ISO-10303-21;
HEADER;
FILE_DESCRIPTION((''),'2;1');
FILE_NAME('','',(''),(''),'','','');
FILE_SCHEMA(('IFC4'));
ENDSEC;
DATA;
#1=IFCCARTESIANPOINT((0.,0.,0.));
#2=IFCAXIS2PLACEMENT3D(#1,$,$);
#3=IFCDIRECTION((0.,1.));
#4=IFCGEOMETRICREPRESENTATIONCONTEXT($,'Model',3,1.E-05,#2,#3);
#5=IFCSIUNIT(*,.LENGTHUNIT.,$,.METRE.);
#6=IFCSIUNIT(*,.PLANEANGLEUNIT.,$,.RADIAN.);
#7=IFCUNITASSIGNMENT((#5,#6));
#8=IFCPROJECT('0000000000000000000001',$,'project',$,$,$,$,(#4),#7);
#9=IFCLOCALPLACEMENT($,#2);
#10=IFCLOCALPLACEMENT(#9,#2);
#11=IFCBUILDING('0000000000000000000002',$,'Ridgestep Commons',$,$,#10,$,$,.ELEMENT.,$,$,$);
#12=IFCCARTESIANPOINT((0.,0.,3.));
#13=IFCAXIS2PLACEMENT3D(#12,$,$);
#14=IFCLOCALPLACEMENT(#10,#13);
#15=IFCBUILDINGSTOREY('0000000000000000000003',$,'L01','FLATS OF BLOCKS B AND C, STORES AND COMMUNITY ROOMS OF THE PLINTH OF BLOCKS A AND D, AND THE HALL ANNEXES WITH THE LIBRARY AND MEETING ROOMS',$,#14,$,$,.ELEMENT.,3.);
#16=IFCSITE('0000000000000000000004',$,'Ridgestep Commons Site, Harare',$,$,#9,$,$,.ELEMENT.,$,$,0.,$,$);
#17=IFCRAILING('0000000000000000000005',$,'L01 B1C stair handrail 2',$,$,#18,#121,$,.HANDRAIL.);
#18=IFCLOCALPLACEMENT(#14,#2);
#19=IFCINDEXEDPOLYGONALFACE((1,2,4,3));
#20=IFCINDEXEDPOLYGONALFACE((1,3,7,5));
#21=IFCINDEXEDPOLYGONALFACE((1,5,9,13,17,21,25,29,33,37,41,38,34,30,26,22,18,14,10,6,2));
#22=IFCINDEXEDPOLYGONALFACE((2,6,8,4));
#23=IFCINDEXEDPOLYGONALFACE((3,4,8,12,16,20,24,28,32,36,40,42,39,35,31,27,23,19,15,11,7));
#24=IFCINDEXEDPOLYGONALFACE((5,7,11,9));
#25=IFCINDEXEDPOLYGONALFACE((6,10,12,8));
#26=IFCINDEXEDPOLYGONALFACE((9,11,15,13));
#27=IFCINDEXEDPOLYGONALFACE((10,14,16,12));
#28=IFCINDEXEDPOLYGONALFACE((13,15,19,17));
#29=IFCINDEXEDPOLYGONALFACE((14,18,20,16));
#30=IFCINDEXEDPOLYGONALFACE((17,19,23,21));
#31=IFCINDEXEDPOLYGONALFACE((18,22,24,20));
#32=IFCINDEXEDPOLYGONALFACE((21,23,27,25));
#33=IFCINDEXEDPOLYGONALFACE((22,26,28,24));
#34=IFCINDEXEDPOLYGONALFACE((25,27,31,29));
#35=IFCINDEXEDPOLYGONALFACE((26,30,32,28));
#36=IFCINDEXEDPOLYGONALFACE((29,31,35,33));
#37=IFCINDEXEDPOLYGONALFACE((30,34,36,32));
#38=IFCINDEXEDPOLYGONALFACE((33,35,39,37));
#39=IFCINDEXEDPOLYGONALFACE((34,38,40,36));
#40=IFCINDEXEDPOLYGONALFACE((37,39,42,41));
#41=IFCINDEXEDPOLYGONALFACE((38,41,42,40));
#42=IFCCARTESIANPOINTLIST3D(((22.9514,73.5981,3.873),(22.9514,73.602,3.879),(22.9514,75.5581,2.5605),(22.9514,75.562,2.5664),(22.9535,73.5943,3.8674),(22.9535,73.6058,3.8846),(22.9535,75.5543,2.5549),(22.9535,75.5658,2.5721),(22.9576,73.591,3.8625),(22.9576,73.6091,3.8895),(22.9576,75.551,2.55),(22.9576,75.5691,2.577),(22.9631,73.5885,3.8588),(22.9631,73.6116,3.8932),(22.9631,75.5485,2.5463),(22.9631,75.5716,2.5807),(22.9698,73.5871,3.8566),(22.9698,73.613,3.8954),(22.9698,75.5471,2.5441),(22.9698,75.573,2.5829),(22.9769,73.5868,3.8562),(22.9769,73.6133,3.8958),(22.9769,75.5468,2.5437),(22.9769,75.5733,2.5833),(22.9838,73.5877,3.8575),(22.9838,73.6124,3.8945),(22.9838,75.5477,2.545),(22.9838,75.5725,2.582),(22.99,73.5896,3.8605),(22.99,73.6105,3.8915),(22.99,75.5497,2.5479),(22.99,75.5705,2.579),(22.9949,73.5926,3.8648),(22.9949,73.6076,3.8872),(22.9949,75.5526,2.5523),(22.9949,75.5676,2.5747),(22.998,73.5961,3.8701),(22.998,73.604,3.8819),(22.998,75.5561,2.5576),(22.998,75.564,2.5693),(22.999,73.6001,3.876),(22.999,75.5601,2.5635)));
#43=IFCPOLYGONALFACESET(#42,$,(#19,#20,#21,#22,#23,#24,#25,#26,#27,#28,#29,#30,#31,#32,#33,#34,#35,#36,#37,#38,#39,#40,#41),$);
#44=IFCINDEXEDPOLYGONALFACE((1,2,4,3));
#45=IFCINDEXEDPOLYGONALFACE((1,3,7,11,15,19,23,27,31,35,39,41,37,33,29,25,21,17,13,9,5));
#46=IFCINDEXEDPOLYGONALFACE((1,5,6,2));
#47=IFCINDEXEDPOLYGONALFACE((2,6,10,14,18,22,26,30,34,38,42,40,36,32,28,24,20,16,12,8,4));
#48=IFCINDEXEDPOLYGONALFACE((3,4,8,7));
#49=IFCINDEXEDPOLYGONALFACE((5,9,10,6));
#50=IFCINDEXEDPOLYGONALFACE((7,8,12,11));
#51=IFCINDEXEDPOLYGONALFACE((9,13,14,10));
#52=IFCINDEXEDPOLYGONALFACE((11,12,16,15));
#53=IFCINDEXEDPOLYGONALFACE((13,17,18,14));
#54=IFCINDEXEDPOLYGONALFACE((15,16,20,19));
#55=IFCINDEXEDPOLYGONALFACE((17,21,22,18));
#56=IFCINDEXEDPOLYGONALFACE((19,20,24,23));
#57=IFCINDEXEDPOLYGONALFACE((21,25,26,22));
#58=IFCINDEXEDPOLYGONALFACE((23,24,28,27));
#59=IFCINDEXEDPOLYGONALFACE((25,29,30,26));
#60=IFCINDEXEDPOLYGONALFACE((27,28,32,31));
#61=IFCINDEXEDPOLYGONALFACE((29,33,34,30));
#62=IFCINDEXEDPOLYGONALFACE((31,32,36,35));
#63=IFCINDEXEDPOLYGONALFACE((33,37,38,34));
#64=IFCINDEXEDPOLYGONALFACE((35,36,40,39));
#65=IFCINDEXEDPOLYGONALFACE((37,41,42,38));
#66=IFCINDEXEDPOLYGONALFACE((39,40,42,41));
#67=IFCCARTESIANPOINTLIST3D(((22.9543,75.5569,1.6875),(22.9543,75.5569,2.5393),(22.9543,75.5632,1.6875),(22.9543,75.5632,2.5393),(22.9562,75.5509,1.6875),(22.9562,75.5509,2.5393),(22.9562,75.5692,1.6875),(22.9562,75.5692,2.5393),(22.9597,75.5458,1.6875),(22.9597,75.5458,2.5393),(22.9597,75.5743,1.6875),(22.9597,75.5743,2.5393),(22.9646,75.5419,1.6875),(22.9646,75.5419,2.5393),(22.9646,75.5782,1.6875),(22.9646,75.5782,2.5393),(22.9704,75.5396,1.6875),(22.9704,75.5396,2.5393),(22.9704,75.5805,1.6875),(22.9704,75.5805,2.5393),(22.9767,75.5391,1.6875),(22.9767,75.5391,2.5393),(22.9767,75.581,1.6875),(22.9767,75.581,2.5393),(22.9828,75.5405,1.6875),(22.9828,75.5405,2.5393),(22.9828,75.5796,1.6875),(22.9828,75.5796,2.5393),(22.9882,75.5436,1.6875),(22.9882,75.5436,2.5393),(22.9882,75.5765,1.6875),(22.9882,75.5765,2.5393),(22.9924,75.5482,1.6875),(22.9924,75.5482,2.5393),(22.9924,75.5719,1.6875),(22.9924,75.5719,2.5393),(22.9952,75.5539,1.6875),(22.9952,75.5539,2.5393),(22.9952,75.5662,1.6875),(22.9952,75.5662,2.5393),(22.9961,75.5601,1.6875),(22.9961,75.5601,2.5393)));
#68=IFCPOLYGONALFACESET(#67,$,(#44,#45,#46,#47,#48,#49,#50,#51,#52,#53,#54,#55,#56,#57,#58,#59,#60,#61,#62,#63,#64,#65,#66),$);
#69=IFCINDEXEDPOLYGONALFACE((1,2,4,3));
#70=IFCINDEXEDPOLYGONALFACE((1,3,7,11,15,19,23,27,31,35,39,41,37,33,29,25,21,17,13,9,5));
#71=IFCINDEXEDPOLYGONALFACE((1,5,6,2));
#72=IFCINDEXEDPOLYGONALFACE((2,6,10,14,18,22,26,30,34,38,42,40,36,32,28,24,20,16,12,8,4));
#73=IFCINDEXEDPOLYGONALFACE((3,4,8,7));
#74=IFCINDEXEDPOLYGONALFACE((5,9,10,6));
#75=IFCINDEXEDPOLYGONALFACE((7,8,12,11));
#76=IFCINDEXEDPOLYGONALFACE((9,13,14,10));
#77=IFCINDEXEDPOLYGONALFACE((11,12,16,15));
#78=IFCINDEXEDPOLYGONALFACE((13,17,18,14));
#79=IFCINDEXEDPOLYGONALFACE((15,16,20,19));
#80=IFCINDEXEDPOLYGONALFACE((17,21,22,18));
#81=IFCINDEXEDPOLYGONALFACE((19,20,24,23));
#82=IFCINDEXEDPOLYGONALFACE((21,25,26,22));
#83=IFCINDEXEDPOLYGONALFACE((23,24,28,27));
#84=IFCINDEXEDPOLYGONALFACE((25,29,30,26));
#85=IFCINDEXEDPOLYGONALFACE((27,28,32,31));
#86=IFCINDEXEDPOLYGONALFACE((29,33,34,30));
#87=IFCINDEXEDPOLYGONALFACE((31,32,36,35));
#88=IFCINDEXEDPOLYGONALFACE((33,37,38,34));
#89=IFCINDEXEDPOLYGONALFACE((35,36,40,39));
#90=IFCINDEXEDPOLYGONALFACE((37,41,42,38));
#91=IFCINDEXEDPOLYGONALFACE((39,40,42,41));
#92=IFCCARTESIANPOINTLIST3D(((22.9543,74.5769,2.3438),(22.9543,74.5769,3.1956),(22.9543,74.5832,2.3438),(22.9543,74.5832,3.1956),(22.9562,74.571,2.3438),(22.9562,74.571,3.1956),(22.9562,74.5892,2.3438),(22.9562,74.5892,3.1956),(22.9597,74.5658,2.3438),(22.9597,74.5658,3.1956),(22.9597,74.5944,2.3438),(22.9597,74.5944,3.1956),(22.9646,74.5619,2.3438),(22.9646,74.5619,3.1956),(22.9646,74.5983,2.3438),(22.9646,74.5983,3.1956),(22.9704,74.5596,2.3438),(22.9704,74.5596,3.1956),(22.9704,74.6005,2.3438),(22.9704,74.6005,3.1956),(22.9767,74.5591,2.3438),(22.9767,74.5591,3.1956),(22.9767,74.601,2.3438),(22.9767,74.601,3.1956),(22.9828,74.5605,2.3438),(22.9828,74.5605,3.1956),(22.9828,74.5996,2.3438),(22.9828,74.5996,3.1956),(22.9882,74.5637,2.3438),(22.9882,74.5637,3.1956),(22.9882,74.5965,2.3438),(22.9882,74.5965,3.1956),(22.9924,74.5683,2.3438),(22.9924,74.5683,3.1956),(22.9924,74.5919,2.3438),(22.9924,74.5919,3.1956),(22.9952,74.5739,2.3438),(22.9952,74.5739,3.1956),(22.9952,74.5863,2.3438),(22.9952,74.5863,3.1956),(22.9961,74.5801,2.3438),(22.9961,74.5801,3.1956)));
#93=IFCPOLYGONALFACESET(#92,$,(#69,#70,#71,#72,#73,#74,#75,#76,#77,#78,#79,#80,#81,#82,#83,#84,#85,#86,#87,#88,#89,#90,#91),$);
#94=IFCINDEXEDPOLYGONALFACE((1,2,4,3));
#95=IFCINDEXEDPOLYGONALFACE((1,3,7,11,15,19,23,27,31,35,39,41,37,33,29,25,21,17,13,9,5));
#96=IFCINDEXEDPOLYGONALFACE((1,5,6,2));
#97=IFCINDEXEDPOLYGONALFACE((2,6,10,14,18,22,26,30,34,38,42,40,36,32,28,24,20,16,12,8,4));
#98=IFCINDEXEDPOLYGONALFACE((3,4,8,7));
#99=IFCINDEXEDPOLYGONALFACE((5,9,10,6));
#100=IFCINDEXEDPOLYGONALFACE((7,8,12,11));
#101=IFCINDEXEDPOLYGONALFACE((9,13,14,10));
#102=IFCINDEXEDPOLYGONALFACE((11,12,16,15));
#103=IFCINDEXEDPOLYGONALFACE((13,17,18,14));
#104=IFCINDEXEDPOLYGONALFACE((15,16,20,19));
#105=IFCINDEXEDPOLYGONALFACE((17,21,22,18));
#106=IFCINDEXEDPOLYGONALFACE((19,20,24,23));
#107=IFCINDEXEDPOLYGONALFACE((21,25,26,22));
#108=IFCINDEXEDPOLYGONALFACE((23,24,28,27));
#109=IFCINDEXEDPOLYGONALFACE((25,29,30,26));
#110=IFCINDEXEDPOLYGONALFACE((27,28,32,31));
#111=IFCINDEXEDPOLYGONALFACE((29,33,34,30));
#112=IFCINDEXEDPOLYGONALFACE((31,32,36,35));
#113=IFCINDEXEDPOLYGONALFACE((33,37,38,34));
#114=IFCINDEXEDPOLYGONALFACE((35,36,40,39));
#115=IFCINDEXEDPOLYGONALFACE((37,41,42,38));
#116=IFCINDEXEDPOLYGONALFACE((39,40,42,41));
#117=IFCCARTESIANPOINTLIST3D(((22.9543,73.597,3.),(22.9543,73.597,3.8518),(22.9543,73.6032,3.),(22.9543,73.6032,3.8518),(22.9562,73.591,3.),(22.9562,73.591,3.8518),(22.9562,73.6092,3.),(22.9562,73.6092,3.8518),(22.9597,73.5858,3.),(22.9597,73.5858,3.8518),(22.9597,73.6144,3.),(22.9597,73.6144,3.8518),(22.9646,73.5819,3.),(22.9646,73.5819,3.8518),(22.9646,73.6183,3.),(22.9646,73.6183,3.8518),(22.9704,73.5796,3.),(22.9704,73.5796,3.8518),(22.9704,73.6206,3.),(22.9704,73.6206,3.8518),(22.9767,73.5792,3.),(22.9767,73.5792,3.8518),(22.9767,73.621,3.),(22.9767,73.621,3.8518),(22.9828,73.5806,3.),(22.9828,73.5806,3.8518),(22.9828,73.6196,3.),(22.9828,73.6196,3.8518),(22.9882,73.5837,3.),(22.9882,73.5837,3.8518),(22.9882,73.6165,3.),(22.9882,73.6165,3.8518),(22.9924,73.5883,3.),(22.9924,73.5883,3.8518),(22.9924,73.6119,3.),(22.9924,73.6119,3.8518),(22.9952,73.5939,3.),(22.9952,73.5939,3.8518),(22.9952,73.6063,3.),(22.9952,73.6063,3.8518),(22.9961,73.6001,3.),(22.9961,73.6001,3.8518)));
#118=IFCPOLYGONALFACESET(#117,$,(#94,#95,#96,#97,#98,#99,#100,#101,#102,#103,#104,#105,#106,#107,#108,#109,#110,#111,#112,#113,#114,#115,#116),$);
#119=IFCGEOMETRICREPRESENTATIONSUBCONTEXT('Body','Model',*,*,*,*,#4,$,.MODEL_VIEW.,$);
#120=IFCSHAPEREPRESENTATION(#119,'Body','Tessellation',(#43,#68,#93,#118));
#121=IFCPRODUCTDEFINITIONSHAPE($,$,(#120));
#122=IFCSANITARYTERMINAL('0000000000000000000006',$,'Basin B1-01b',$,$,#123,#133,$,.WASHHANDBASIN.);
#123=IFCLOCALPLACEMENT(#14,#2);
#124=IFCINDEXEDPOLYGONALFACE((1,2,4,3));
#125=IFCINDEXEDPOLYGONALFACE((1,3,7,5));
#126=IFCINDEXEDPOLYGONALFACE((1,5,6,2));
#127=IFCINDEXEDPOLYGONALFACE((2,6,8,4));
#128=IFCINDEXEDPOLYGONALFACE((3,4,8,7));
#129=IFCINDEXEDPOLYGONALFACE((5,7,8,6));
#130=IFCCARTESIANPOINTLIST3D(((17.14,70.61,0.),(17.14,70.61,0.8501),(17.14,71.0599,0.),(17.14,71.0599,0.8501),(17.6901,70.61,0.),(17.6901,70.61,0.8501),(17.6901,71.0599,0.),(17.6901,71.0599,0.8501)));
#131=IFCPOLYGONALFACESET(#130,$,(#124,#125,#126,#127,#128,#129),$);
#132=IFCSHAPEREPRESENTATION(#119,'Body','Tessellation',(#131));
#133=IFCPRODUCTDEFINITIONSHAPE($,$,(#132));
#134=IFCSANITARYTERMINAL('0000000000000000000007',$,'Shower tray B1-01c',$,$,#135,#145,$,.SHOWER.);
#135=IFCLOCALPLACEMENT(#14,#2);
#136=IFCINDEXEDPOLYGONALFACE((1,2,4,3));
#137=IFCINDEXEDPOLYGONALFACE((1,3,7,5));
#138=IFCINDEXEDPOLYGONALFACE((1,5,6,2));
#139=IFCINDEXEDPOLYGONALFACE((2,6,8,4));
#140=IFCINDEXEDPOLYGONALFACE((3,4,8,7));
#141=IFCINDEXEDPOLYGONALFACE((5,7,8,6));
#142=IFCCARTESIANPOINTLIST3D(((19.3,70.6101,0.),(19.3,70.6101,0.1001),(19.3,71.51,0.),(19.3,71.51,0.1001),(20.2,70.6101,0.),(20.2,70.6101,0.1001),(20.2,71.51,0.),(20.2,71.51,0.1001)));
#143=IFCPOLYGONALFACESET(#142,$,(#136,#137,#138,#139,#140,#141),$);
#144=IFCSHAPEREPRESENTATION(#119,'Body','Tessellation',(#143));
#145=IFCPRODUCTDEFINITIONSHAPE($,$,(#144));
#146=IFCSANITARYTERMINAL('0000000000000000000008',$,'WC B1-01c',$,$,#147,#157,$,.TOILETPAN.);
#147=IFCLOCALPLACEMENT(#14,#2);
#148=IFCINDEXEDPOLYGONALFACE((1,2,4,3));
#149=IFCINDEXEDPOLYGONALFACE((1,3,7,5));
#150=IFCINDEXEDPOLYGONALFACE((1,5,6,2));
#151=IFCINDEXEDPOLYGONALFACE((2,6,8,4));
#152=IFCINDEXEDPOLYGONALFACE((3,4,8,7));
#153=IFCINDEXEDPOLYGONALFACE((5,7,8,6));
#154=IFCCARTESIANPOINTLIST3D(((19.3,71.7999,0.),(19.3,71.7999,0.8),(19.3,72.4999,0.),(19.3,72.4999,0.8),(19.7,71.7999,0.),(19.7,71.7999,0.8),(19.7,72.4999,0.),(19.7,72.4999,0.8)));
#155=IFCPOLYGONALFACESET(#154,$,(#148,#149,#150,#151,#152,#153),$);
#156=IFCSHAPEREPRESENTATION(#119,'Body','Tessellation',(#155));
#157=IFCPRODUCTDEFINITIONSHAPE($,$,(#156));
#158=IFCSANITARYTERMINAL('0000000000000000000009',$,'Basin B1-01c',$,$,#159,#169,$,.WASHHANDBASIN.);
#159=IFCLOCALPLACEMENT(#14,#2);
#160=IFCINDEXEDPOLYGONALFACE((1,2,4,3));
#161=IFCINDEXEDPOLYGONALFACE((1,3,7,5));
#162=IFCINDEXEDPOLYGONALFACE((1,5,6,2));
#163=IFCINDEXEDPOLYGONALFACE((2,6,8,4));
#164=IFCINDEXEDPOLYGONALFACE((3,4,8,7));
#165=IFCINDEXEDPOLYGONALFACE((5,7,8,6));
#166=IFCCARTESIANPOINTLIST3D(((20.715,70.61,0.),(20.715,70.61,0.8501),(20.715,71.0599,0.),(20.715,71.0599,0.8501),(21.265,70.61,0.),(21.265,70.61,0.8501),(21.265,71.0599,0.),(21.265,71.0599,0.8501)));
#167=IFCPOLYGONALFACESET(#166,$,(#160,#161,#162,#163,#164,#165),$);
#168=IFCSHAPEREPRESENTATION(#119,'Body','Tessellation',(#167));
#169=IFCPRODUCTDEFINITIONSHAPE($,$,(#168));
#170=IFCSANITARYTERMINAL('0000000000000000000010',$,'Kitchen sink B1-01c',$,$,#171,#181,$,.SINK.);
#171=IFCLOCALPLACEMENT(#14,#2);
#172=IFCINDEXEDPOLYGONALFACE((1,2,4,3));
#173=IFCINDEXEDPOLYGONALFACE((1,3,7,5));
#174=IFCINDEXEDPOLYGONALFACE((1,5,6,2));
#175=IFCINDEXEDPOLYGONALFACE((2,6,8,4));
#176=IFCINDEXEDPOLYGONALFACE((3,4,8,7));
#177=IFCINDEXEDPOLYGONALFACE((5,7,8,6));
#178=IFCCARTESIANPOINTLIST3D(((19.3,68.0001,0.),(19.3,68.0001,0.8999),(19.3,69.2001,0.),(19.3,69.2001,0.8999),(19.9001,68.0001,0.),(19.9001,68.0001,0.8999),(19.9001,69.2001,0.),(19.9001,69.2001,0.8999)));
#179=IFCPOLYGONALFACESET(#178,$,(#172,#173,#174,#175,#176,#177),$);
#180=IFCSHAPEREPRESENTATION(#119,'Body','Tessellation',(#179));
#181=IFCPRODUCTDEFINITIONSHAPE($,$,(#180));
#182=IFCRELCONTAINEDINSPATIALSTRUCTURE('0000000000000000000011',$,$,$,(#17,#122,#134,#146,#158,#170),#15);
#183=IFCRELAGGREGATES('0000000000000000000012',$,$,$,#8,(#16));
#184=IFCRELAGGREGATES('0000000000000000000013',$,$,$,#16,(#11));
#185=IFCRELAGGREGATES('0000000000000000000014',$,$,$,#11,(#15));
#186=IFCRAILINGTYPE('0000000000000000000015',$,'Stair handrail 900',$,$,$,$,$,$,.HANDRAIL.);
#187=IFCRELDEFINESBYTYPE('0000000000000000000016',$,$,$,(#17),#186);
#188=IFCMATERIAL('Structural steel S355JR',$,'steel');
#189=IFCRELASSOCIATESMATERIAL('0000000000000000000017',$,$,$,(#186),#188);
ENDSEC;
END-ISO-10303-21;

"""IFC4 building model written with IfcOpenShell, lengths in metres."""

from ifc_helpers import new_model, si_unit, direction, frame, origin, origin_2d, place, context, subcontext, project, spatial, rectangle, circle, extrude, material, type_object, element, save


model = new_model("IFC4")

# Units and contexts
model_context = context("Model", 3, precision=1e-05, world=origin(), true_north=direction((0.0, 1.0)))
body_context = subcontext(model_context, "Body", "Model", "MODEL_VIEW")
ifc_project = project(units=[si_unit("LENGTHUNIT", "METRE"), si_unit("PLANEANGLEUNIT", "RADIAN")], contexts=[model_context])

# Site, building, storey
site_placement = place(None, origin())
site = spatial("IfcSite", under=ifc_project, at=site_placement, Name="Ridgestep Commons Site, Harare", CompositionType="ELEMENT", RefElevation=0.0)
building_placement = place(site_placement, origin())
building = spatial("IfcBuilding", under=site, at=building_placement, Name="Ridgestep Commons", CompositionType="ELEMENT")
storey_placement = place(building_placement, frame((0.0, 0.0, 3.0)))
storey = spatial("IfcBuildingStorey", under=building, at=storey_placement, Name="L01", Description="FLATS OF BLOCKS B AND C, STORES AND COMMUNITY ROOMS OF THE PLINTH OF BLOCKS A AND D, AND THE HALL ANNEXES WITH THE LIBRARY AND MEETING ROOMS", CompositionType="ELEMENT", Elevation=3.0)

# Railing
ifc_material_1 = material(Name="Structural steel S355JR", Category="steel")
railing_type_1 = type_object("IfcRailingType", Name="Stair handrail 900", PredefinedType="HANDRAIL", material=ifc_material_1)
railing_1_placement = place(storey_placement, frame((22.9751, 75.5601, 1.6875)))
element("IfcRailing", 1, at=railing_1_placement, inside=storey, type_object=railing_type_1, Name="L01 B1C stair handrail 2", PredefinedType="HANDRAIL", context=body_context, shape_type="SweptSolid", body=[
    extrude(circle(Radius=0.0239, at=origin_2d()), frame((0.0, 0.0, 0.876), z_axis=(0.0, -0.830902, 0.556419), x_axis=(1.0, 0.0, 0.0)), (0.0, 0.0, 1.0), 2.3589),
    extrude(circle(Radius=0.021, at=origin_2d()), origin(), (0.0, 0.0, 1.0), 0.8518),
    extrude(circle(Radius=0.021, at=origin_2d()), frame((0.0, -0.98, 0.6562)), (0.0, 0.0, 1.0), 0.8518),
    extrude(circle(Radius=0.021, at=origin_2d()), frame((0.0, -1.96, 1.3125)), (0.0, 0.0, 1.0), 0.8518),
])

# Sanitary terminals
sanitary_terminal_1_placement = place(storey_placement, frame((17.415, 70.835, 0.0), z_axis=(0.0, 0.0, 1.0), x_axis=(1.0, 0.0, 0.0)))
element("IfcSanitaryTerminal", 2, at=sanitary_terminal_1_placement, inside=storey, Name="Basin B1-01b", PredefinedType="WASHHANDBASIN", context=body_context, shape_type="SweptSolid", body=[
    extrude(rectangle(XDim=0.55, YDim=0.45, at=origin_2d()), origin(), (0.0, 0.0, 1.0), 0.8501),
])
sanitary_terminal_2_placement = place(storey_placement, frame((19.75, 71.0601, 0.0), z_axis=(0.0, 0.0, 1.0), x_axis=(1.0, 0.0, 0.0)))
element("IfcSanitaryTerminal", 3, at=sanitary_terminal_2_placement, inside=storey, Name="Shower tray B1-01c", PredefinedType="SHOWER", context=body_context, shape_type="SweptSolid", body=[
    extrude(rectangle(XDim=0.8999, YDim=0.8999, at=origin_2d()), origin(), (0.0, 0.0, 1.0), 0.1001),
])
sanitary_terminal_3_placement = place(storey_placement, frame((19.5, 72.1499, 0.0), z_axis=(0.0, 0.0, 1.0), x_axis=(1.0, 0.0, 0.0)))
element("IfcSanitaryTerminal", 4, at=sanitary_terminal_3_placement, inside=storey, Name="WC B1-01c", PredefinedType="TOILETPAN", context=body_context, shape_type="SweptSolid", body=[
    extrude(rectangle(XDim=0.3999, YDim=0.7, at=origin_2d()), origin(), (0.0, 0.0, 1.0), 0.8),
])
sanitary_terminal_4_placement = place(storey_placement, frame((20.99, 70.835, 0.0), z_axis=(0.0, 0.0, 1.0), x_axis=(1.0, 0.0, 0.0)))
element("IfcSanitaryTerminal", 5, at=sanitary_terminal_4_placement, inside=storey, Name="Basin B1-01c", PredefinedType="WASHHANDBASIN", context=body_context, shape_type="SweptSolid", body=[
    extrude(rectangle(XDim=0.55, YDim=0.45, at=origin_2d()), origin(), (0.0, 0.0, 1.0), 0.8501),
])
sanitary_terminal_5_placement = place(storey_placement, frame((19.6001, 68.6001, 0.0), z_axis=(0.0, 0.0, 1.0), x_axis=(1.0, 0.0, 0.0)))
element("IfcSanitaryTerminal", 6, at=sanitary_terminal_5_placement, inside=storey, Name="Kitchen sink B1-01c", PredefinedType="SINK", context=body_context, shape_type="SweptSolid", body=[
    extrude(rectangle(XDim=0.6001, YDim=1.2, at=origin_2d()), origin(), (0.0, 0.0, 1.0), 0.8999),
])

save(model, "model.ifc")
